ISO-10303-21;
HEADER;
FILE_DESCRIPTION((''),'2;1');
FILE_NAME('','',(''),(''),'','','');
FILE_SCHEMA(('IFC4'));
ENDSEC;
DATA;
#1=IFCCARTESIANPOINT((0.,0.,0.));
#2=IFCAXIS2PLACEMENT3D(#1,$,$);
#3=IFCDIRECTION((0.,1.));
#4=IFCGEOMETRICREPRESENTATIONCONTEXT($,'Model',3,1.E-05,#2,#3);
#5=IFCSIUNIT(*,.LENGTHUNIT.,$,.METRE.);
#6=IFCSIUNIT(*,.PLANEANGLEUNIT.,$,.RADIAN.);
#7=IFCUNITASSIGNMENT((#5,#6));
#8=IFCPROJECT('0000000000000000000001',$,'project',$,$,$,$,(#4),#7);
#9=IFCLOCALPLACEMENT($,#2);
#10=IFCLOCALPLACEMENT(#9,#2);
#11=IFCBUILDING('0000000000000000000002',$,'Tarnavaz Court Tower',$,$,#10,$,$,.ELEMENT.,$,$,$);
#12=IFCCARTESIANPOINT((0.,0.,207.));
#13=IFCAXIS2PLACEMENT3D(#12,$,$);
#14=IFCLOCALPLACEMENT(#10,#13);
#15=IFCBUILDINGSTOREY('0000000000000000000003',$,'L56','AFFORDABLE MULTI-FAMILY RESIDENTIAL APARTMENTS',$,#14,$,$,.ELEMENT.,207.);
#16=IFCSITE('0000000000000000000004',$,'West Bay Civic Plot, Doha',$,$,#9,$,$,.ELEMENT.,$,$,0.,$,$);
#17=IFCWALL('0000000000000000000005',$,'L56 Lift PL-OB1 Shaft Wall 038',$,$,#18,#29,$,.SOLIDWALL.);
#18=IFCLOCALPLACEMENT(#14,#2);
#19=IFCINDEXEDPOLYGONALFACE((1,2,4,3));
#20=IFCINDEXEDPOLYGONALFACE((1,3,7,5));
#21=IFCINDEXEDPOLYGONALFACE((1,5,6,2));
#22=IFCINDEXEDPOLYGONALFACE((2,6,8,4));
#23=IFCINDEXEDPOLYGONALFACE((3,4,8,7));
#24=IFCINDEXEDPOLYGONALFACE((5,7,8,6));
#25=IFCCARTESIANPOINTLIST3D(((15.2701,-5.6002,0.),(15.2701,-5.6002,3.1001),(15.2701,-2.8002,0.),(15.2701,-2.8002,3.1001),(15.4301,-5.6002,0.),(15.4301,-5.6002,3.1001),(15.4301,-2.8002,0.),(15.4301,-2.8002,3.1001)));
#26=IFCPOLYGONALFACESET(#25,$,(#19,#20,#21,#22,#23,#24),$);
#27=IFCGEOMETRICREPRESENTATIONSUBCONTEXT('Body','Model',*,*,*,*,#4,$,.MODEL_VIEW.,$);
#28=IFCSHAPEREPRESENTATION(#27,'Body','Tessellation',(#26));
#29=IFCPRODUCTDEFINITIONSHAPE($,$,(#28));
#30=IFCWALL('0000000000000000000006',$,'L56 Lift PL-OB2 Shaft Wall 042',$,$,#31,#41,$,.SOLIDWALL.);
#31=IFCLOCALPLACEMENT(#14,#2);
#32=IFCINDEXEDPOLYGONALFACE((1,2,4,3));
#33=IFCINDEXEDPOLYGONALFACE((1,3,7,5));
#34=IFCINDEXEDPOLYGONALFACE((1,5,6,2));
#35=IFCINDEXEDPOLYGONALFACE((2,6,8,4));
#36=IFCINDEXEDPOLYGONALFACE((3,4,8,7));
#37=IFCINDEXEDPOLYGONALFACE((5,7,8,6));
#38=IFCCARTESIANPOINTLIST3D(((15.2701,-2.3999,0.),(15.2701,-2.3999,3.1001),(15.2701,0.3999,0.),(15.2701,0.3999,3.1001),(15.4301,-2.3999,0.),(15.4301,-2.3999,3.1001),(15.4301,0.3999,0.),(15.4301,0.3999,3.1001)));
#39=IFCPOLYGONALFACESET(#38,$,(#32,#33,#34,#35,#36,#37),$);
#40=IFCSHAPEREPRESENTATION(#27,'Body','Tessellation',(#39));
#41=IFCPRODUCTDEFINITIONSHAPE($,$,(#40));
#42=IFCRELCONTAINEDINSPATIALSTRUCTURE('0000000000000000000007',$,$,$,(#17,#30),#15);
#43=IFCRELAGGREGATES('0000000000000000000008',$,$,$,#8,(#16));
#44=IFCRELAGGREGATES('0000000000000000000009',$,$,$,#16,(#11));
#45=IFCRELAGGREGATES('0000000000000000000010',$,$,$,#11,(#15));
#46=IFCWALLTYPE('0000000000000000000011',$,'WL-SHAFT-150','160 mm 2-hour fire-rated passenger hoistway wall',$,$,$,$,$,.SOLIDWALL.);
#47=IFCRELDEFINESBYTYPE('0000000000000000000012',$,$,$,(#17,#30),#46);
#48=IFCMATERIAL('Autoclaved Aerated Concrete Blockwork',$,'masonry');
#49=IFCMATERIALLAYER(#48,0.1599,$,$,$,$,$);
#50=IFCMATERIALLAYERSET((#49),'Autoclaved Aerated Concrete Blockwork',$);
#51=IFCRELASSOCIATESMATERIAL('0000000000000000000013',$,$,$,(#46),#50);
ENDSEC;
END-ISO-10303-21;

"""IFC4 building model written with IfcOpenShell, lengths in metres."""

from ifc_helpers import new_model, si_unit, direction, frame, frame_2d, origin, place, context, subcontext, project, spatial, rectangle, extrude, material, layer, layer_set, type_object, element, save


model = new_model("IFC4")

# Units and contexts
model_context = context("Model", 3, precision=1e-05, world=origin(), true_north=direction((0.0, 1.0)))
body_context = subcontext(model_context, "Body", "Model", "MODEL_VIEW")
ifc_project = project(units=[si_unit("LENGTHUNIT", "METRE"), si_unit("PLANEANGLEUNIT", "RADIAN")], contexts=[model_context])

# Site, building, storey
site_placement = place(None, origin())
site = spatial("IfcSite", under=ifc_project, at=site_placement, Name="West Bay Civic Plot, Doha", CompositionType="ELEMENT", RefElevation=0.0)
building_placement = place(site_placement, origin())
building = spatial("IfcBuilding", under=site, at=building_placement, Name="Tarnavaz Court Tower", CompositionType="ELEMENT")
storey_placement = place(building_placement, frame((0.0, 0.0, 207.0)))
storey = spatial("IfcBuildingStorey", under=building, at=storey_placement, Name="L56", Description="AFFORDABLE MULTI-FAMILY RESIDENTIAL APARTMENTS", CompositionType="ELEMENT", Elevation=207.0)

# Walls
ifc_material_1 = material(Name="Autoclaved Aerated Concrete Blockwork", Category="masonry")
ifc_layer_1 = layer(ifc_material_1, 0.1599)
ifc_layer_set_1 = layer_set([ifc_layer_1], Name="Autoclaved Aerated Concrete Blockwork")
wall_type_1 = type_object("IfcWallType", Name="WL-SHAFT-150", Description="160 mm 2-hour fire-rated passenger hoistway wall", PredefinedType="SOLIDWALL", material=ifc_layer_set_1)
wall_1_placement = place(storey_placement, frame((15.3501, -5.6001, 0.0), z_axis=(0.0, 0.0, 1.0), x_axis=(0.0, 1.0, 0.0)))
element("IfcWall", 1, at=wall_1_placement, inside=storey, type_object=wall_type_1, Name="L56 Lift PL-OB1 Shaft Wall 038", PredefinedType="SOLIDWALL", context=body_context, shape_type="SweptSolid", body=[
    extrude(rectangle(XDim=2.8, YDim=0.1599, at=frame_2d((1.3999, 0.0))), origin(), (0.0, 0.0, 1.0), 3.1001),
])
wall_2_placement = place(storey_placement, frame((15.3501, -2.3999, 0.0), z_axis=(0.0, 0.0, 1.0), x_axis=(0.0, 1.0, 0.0)))
element("IfcWall", 2, at=wall_2_placement, inside=storey, type_object=wall_type_1, Name="L56 Lift PL-OB2 Shaft Wall 042", PredefinedType="SOLIDWALL", context=body_context, shape_type="SweptSolid", body=[
    extrude(rectangle(XDim=2.7998, YDim=0.1599, at=frame_2d((1.3999, 0.0))), origin(), (0.0, 0.0, 1.0), 3.1001),
])

save(model, "model.ifc")
